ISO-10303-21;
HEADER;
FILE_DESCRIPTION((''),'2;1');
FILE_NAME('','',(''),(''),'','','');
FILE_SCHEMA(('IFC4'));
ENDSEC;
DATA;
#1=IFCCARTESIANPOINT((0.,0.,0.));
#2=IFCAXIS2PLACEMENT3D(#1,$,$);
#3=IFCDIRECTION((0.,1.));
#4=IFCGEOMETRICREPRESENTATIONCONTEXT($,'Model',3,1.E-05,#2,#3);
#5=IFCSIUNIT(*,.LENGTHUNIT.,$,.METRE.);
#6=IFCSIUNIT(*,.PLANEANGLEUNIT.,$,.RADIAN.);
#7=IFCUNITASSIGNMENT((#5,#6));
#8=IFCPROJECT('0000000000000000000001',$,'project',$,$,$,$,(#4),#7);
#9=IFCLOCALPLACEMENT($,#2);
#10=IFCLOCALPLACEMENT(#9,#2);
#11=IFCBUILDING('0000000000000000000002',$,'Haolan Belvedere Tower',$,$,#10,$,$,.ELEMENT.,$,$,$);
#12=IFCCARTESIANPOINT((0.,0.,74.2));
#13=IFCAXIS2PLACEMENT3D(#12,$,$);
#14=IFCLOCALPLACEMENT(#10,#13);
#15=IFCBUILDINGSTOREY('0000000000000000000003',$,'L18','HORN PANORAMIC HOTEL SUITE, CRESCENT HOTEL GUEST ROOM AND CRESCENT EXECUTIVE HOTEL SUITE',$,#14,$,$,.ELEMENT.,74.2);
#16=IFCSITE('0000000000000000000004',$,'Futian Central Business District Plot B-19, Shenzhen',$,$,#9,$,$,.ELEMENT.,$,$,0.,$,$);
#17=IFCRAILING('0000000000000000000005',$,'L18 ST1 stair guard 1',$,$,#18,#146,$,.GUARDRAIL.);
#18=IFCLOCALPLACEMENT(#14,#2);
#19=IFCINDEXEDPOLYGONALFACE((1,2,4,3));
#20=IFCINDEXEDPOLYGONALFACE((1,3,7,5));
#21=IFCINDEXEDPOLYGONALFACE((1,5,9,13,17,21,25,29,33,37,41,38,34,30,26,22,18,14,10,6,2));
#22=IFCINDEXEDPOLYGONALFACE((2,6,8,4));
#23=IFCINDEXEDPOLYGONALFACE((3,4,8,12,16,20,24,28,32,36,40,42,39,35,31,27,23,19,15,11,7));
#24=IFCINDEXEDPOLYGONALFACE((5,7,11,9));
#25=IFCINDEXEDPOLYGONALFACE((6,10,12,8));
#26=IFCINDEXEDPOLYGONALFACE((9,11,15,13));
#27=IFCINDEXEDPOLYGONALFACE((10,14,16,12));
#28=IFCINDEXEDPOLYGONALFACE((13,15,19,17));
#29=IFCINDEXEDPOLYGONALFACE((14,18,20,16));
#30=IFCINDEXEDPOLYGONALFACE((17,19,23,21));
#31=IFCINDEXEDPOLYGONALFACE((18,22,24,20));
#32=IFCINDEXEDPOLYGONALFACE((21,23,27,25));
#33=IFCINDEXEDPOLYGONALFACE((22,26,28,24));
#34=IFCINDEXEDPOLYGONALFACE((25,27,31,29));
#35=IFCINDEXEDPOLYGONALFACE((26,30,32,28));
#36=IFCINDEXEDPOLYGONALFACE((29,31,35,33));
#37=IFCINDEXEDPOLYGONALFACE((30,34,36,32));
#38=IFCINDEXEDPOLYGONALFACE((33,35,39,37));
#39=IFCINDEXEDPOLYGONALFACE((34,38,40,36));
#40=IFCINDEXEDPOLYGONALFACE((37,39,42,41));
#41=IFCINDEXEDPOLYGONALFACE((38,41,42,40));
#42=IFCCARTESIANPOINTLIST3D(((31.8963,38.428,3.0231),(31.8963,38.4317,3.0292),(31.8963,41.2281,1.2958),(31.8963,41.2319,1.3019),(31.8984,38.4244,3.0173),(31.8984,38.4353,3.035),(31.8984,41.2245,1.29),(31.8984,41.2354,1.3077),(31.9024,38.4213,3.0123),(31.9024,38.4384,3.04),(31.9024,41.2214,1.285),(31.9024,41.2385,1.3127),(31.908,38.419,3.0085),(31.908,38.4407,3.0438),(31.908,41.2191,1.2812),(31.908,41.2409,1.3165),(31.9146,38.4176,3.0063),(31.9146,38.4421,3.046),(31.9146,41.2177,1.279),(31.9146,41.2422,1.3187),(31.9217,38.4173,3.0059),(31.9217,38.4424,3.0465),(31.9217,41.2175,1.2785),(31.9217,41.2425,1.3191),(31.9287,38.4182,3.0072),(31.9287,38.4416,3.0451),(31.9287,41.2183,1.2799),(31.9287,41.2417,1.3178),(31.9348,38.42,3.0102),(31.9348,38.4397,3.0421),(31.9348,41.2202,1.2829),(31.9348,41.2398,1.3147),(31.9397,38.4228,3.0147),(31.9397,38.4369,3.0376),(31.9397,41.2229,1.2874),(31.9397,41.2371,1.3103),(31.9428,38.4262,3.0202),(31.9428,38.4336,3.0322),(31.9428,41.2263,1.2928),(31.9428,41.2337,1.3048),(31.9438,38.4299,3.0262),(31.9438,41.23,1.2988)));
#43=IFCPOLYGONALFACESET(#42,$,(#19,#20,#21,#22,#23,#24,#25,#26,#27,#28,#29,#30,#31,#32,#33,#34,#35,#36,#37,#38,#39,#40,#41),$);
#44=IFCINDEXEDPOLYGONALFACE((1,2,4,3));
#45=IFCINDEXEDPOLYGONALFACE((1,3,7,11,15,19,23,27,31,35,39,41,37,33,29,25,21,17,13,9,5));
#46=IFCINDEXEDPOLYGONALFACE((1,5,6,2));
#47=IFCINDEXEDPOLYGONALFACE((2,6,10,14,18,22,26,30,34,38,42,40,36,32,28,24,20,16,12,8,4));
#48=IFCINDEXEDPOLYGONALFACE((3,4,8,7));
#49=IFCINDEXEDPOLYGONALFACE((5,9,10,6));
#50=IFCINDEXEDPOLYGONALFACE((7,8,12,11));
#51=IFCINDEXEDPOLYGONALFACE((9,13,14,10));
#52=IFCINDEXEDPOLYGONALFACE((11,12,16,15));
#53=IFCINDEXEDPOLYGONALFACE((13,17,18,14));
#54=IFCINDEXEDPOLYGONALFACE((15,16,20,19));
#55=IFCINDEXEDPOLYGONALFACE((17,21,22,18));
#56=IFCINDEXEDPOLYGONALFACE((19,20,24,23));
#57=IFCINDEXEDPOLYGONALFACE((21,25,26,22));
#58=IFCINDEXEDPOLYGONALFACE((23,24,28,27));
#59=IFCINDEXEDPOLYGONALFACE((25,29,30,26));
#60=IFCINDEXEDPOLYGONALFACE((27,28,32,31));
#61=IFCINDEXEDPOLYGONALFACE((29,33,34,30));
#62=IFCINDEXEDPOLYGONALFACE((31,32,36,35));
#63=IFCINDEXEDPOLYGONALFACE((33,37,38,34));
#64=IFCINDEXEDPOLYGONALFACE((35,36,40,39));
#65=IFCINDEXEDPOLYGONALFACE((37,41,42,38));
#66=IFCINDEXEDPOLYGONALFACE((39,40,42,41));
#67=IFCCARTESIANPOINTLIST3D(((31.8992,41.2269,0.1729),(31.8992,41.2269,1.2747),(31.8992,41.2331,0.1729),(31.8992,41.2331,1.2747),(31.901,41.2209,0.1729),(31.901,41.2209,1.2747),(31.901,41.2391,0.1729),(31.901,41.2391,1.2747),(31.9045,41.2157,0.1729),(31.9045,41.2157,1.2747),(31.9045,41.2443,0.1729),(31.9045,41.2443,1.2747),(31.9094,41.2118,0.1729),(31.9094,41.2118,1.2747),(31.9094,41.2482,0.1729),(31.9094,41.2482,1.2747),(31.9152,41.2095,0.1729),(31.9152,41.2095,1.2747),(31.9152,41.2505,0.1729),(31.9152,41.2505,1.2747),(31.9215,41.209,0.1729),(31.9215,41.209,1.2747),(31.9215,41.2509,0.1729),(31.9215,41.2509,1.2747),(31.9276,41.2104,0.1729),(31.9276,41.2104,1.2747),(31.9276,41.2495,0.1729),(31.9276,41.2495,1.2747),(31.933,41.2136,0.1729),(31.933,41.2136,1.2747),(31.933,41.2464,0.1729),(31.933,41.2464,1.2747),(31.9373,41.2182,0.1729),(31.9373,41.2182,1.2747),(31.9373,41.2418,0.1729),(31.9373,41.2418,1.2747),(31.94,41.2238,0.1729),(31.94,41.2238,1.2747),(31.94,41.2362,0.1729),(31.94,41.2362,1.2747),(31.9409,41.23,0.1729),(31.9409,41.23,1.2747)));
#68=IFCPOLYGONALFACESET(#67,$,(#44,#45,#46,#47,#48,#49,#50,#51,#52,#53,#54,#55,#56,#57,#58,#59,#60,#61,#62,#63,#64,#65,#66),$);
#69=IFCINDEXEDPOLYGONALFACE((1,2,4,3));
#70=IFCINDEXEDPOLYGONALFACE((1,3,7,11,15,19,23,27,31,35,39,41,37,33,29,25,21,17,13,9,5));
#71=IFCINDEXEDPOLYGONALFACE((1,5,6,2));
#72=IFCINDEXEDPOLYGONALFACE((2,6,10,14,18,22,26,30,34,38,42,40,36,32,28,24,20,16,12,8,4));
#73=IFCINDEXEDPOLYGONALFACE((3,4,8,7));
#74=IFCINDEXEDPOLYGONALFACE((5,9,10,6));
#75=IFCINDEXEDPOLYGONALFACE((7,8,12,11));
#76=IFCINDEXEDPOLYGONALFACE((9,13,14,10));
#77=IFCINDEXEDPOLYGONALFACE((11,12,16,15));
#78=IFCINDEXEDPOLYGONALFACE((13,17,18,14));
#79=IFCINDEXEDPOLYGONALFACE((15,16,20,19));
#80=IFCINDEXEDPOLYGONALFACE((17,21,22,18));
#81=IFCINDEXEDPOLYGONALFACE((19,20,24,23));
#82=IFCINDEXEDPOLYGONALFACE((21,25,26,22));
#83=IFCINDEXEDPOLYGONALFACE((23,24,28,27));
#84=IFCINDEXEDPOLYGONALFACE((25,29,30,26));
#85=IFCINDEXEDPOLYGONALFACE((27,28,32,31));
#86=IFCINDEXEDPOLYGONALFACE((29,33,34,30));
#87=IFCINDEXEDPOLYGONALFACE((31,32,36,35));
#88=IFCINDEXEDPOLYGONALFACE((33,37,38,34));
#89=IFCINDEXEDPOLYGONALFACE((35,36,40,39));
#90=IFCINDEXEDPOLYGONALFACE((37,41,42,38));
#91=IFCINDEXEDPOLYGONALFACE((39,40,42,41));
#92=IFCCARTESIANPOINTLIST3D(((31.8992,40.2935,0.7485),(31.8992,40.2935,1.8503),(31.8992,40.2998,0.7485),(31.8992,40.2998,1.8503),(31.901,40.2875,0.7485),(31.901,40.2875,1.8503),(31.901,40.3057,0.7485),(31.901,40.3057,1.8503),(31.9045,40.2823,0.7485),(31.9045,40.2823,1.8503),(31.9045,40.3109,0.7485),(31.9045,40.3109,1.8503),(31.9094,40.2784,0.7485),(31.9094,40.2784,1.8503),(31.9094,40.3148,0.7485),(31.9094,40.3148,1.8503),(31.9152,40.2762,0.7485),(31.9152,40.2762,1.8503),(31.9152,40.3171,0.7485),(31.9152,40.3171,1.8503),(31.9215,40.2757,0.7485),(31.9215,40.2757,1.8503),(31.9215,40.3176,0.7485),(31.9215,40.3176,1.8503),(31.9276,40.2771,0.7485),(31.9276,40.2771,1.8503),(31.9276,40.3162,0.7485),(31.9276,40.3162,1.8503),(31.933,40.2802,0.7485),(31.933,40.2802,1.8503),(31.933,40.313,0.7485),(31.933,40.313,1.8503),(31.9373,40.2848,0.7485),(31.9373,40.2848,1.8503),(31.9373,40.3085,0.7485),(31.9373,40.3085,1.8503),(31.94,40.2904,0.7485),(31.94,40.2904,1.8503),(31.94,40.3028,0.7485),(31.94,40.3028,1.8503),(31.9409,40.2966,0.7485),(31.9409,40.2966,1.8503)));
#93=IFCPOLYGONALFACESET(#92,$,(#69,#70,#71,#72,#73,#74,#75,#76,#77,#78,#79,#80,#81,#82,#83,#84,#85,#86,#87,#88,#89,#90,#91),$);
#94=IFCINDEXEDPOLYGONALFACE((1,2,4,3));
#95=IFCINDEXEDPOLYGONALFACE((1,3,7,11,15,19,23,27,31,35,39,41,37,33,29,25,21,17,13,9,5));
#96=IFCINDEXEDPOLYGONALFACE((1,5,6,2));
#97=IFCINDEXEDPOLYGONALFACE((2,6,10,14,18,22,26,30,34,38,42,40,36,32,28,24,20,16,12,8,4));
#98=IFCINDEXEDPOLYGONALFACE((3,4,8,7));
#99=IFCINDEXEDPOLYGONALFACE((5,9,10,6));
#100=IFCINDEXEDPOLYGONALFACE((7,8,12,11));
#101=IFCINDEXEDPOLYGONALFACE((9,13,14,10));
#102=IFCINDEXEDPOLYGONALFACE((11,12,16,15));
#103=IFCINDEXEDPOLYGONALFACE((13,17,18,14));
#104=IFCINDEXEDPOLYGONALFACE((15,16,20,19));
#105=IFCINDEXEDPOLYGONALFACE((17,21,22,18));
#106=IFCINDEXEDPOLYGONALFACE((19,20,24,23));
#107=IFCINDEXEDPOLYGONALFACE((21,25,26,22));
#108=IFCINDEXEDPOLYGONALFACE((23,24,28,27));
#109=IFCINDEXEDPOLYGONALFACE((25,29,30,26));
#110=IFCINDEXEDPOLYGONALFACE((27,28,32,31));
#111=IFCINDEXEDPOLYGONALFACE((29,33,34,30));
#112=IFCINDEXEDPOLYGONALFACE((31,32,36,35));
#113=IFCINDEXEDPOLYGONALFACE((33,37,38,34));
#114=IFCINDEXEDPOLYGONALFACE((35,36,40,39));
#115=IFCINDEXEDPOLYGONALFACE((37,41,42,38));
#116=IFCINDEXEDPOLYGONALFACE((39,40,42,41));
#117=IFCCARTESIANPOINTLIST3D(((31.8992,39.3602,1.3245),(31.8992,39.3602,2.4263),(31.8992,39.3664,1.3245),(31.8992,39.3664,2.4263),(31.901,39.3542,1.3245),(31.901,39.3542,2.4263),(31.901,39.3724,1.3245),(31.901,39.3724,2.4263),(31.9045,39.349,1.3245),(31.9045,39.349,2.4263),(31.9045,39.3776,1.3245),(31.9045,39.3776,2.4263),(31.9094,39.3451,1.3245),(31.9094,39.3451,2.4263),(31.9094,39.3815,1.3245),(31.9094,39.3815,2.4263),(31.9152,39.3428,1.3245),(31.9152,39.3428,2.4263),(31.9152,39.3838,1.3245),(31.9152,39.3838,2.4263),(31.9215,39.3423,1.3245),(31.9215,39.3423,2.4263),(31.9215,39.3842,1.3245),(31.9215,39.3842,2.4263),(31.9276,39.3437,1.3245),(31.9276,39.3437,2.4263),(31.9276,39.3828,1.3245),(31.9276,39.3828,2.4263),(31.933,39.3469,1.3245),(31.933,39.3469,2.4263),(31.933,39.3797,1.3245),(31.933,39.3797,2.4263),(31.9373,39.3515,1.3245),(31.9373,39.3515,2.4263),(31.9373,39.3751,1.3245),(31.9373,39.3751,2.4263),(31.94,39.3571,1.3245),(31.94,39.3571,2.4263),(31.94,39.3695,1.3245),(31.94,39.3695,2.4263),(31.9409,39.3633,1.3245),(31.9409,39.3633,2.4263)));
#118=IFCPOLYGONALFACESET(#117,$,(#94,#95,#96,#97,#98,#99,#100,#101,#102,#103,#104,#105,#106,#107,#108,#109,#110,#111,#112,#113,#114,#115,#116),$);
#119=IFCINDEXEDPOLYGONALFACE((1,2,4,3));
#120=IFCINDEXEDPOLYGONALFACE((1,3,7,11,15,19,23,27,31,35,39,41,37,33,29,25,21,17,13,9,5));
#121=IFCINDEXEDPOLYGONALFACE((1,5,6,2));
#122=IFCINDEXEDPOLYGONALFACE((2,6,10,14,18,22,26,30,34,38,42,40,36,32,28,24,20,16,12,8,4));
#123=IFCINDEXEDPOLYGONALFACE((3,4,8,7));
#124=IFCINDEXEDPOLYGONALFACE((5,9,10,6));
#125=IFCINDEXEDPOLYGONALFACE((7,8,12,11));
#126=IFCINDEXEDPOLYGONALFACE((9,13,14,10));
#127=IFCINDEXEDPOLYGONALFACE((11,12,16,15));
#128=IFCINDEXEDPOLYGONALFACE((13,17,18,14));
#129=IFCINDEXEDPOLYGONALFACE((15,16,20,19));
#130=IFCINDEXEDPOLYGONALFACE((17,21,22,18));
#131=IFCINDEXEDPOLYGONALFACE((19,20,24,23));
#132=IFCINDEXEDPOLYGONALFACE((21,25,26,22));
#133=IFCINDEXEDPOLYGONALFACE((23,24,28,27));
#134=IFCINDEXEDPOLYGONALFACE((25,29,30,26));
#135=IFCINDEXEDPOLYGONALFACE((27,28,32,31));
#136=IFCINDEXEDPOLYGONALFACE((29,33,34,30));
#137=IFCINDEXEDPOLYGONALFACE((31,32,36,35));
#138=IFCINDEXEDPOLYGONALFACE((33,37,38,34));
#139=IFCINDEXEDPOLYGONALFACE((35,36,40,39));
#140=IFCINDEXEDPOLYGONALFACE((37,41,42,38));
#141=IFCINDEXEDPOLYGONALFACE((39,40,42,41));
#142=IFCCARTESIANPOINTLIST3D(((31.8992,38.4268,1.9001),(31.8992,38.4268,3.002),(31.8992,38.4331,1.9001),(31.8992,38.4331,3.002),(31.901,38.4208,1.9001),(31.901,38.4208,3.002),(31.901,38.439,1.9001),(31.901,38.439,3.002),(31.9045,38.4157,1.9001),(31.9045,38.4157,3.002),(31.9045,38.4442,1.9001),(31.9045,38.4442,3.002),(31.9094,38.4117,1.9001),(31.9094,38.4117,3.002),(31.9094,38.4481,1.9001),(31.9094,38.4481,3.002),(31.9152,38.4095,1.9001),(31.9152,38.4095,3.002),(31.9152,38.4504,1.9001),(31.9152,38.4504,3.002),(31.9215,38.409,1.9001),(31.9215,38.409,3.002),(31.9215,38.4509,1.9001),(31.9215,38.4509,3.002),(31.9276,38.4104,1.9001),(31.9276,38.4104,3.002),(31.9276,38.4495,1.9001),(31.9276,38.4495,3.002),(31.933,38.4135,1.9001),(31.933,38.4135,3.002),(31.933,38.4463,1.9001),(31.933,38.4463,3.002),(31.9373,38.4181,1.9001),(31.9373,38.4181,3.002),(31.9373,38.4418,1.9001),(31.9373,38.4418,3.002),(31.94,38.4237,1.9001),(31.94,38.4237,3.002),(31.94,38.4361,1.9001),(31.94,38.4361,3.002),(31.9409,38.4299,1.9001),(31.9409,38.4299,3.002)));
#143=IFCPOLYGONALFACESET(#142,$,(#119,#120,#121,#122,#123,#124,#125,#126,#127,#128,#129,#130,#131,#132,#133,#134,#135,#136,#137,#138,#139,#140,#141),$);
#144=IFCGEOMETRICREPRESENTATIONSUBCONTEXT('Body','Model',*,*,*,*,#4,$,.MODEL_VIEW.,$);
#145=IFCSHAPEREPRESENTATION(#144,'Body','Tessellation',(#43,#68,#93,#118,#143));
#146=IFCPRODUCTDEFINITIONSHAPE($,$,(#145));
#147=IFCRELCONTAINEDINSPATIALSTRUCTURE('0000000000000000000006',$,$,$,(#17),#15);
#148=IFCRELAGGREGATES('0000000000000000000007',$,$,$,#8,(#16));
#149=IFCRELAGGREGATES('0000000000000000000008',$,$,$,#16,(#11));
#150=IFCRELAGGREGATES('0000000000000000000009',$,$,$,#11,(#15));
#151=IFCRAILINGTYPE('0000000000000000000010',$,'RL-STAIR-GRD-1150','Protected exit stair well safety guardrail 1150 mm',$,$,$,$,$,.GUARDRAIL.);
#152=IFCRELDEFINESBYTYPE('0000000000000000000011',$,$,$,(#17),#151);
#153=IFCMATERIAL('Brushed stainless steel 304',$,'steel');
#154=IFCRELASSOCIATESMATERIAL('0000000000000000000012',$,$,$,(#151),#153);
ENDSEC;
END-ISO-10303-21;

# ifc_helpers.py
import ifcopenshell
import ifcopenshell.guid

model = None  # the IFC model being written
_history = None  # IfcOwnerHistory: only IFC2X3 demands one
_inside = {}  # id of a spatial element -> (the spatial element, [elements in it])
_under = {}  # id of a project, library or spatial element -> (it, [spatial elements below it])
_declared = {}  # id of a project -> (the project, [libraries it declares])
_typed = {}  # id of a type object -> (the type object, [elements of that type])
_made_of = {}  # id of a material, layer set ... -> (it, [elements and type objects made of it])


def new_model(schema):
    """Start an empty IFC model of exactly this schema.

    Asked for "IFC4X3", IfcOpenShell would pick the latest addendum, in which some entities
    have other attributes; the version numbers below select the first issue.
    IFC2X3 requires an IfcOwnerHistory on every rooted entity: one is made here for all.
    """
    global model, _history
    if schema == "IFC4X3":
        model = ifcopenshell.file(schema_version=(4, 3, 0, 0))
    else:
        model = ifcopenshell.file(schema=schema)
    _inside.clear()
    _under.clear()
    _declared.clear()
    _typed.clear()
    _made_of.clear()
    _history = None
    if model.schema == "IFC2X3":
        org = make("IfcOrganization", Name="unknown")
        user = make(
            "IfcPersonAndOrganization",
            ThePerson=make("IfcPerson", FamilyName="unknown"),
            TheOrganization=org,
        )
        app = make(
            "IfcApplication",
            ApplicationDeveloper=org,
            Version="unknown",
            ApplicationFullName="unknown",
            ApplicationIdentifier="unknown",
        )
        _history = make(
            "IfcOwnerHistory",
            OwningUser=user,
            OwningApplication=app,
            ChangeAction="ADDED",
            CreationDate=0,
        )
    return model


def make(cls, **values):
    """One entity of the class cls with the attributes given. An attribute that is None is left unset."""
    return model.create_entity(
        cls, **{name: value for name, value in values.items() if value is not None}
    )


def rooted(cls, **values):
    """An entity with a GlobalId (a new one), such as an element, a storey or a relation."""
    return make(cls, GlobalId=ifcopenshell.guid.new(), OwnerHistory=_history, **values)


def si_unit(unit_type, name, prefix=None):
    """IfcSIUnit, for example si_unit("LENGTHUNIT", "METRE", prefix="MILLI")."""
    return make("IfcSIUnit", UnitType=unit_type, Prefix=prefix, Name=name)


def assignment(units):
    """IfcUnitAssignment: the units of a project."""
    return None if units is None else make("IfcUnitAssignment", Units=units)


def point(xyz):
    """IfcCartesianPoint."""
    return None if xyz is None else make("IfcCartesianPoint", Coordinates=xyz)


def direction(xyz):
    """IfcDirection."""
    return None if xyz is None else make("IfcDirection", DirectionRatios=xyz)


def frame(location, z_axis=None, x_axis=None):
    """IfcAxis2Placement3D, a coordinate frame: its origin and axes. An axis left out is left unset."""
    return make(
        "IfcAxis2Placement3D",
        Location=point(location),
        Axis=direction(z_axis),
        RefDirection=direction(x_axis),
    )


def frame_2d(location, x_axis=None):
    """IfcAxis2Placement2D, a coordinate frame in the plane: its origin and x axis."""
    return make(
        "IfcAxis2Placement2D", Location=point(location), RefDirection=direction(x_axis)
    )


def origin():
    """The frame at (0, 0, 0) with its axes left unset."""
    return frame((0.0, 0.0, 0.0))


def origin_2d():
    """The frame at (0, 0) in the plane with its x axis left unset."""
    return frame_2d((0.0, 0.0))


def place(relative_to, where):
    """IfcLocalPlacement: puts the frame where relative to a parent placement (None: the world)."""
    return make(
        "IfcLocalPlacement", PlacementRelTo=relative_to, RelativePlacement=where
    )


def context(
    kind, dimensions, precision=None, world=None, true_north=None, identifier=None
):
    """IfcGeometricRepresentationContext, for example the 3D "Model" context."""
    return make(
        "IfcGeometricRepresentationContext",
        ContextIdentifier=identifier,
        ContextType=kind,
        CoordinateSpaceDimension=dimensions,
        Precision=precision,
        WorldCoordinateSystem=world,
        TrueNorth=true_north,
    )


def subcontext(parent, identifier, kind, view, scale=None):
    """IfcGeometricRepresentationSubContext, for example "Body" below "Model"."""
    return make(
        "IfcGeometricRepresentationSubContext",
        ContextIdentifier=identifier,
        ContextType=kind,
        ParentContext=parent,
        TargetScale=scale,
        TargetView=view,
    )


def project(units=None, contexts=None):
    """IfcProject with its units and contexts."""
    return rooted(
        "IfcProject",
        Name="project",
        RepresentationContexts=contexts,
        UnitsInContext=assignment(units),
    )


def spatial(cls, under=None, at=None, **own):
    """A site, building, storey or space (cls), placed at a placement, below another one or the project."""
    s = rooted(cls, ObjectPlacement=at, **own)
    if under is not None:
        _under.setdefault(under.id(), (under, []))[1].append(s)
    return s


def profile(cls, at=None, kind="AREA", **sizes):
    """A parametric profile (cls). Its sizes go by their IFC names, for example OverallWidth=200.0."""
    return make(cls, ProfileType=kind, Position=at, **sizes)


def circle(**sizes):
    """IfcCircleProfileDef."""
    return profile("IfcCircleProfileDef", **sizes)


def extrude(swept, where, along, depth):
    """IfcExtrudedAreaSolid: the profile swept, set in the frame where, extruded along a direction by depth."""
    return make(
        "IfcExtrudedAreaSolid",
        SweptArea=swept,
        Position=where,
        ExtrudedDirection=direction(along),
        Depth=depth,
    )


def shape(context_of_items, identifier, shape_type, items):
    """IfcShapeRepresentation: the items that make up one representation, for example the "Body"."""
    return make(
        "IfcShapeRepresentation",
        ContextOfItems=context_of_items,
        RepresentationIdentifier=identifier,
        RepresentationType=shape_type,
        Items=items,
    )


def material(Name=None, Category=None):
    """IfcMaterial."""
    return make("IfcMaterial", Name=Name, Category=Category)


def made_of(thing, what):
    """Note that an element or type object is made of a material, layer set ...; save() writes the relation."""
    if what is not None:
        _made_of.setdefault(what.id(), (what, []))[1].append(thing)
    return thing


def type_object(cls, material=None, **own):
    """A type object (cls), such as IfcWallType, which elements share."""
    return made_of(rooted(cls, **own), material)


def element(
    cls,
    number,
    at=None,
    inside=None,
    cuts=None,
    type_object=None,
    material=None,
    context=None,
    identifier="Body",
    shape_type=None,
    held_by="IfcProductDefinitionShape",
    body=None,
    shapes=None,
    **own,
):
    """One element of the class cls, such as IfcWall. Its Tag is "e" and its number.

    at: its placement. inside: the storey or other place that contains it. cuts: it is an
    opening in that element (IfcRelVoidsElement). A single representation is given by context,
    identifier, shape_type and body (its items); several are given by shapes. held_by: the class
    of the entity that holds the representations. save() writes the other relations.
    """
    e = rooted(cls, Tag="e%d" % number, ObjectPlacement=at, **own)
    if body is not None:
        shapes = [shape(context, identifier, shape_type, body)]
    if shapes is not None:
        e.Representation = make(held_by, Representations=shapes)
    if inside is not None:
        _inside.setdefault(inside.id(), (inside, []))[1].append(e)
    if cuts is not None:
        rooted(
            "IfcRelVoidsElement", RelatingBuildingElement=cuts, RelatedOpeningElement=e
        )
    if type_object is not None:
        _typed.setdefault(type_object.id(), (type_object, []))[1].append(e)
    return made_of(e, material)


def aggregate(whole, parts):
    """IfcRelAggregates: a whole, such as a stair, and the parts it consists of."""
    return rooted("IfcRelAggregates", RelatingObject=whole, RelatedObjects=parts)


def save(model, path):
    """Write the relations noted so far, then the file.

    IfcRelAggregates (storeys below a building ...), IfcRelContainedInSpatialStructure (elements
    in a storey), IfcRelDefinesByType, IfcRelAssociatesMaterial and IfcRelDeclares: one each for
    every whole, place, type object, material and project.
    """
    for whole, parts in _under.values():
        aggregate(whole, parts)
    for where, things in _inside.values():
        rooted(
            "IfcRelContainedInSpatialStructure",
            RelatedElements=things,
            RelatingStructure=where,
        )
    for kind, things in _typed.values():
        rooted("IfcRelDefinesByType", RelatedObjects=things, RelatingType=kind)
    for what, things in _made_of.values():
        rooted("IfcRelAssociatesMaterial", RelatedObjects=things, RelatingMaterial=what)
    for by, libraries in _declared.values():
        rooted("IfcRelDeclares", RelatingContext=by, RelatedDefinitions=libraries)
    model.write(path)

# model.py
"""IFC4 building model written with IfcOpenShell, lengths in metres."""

from ifc_helpers import new_model, si_unit, direction, frame, origin, origin_2d, place, context, subcontext, project, spatial, circle, extrude, material, type_object, element, save


model = new_model("IFC4")

# Units and contexts
model_context = context("Model", 3, precision=1e-05, world=origin(), true_north=direction((0.0, 1.0)))
body_context = subcontext(model_context, "Body", "Model", "MODEL_VIEW")
ifc_project = project(units=[si_unit("LENGTHUNIT", "METRE"), si_unit("PLANEANGLEUNIT", "RADIAN")], contexts=[model_context])

# Site, building, storey
site_placement = place(None, origin())
site = spatial("IfcSite", under=ifc_project, at=site_placement, Name="Futian Central Business District Plot B-19, Shenzhen", CompositionType="ELEMENT", RefElevation=0.0)
building_placement = place(site_placement, origin())
building = spatial("IfcBuilding", under=site, at=building_placement, Name="Haolan Belvedere Tower", CompositionType="ELEMENT")
storey_placement = place(building_placement, frame((0.0, 0.0, 74.2)))
storey = spatial("IfcBuildingStorey", under=building, at=storey_placement, Name="L18", Description="HORN PANORAMIC HOTEL SUITE, CRESCENT HOTEL GUEST ROOM AND CRESCENT EXECUTIVE HOTEL SUITE", CompositionType="ELEMENT", Elevation=74.2)

# Railing
ifc_material_1 = material(Name="Brushed stainless steel 304", Category="steel")
railing_type_1 = type_object("IfcRailingType", Name="RL-STAIR-GRD-1150", Description="Protected exit stair well safety guardrail 1150 mm", PredefinedType="GUARDRAIL", material=ifc_material_1)
railing_1_placement = place(storey_placement, frame((31.9199, 41.23, 0.1729)))
element("IfcRailing", 1, at=railing_1_placement, inside=storey, type_object=railing_type_1, Name="L18 ST1 stair guard 1", PredefinedType="GUARDRAIL", context=body_context, shape_type="SweptSolid", body=[
    extrude(circle(Radius=0.0239, at=origin_2d()), frame((0.0, 0.0, 1.126), z_axis=(0.0, -0.85109, 0.52502), x_axis=(1.0, 0.0, 0.0)), (0.0, 0.0, 1.0), 3.29),
    extrude(circle(Radius=0.021, at=origin_2d()), origin(), (0.0, 0.0, 1.0), 1.1018),
    extrude(circle(Radius=0.021, at=origin_2d()), frame((0.0, -0.9333, 0.5757)), (0.0, 0.0, 1.0), 1.1018),
    extrude(circle(Radius=0.021, at=origin_2d()), frame((0.0, -1.8667, 1.1516)), (0.0, 0.0, 1.0), 1.1018),
    extrude(circle(Radius=0.021, at=origin_2d()), frame((0.0, -2.8, 1.7273)), (0.0, 0.0, 1.0), 1.1018),
])

save(model, "model.ifc")
